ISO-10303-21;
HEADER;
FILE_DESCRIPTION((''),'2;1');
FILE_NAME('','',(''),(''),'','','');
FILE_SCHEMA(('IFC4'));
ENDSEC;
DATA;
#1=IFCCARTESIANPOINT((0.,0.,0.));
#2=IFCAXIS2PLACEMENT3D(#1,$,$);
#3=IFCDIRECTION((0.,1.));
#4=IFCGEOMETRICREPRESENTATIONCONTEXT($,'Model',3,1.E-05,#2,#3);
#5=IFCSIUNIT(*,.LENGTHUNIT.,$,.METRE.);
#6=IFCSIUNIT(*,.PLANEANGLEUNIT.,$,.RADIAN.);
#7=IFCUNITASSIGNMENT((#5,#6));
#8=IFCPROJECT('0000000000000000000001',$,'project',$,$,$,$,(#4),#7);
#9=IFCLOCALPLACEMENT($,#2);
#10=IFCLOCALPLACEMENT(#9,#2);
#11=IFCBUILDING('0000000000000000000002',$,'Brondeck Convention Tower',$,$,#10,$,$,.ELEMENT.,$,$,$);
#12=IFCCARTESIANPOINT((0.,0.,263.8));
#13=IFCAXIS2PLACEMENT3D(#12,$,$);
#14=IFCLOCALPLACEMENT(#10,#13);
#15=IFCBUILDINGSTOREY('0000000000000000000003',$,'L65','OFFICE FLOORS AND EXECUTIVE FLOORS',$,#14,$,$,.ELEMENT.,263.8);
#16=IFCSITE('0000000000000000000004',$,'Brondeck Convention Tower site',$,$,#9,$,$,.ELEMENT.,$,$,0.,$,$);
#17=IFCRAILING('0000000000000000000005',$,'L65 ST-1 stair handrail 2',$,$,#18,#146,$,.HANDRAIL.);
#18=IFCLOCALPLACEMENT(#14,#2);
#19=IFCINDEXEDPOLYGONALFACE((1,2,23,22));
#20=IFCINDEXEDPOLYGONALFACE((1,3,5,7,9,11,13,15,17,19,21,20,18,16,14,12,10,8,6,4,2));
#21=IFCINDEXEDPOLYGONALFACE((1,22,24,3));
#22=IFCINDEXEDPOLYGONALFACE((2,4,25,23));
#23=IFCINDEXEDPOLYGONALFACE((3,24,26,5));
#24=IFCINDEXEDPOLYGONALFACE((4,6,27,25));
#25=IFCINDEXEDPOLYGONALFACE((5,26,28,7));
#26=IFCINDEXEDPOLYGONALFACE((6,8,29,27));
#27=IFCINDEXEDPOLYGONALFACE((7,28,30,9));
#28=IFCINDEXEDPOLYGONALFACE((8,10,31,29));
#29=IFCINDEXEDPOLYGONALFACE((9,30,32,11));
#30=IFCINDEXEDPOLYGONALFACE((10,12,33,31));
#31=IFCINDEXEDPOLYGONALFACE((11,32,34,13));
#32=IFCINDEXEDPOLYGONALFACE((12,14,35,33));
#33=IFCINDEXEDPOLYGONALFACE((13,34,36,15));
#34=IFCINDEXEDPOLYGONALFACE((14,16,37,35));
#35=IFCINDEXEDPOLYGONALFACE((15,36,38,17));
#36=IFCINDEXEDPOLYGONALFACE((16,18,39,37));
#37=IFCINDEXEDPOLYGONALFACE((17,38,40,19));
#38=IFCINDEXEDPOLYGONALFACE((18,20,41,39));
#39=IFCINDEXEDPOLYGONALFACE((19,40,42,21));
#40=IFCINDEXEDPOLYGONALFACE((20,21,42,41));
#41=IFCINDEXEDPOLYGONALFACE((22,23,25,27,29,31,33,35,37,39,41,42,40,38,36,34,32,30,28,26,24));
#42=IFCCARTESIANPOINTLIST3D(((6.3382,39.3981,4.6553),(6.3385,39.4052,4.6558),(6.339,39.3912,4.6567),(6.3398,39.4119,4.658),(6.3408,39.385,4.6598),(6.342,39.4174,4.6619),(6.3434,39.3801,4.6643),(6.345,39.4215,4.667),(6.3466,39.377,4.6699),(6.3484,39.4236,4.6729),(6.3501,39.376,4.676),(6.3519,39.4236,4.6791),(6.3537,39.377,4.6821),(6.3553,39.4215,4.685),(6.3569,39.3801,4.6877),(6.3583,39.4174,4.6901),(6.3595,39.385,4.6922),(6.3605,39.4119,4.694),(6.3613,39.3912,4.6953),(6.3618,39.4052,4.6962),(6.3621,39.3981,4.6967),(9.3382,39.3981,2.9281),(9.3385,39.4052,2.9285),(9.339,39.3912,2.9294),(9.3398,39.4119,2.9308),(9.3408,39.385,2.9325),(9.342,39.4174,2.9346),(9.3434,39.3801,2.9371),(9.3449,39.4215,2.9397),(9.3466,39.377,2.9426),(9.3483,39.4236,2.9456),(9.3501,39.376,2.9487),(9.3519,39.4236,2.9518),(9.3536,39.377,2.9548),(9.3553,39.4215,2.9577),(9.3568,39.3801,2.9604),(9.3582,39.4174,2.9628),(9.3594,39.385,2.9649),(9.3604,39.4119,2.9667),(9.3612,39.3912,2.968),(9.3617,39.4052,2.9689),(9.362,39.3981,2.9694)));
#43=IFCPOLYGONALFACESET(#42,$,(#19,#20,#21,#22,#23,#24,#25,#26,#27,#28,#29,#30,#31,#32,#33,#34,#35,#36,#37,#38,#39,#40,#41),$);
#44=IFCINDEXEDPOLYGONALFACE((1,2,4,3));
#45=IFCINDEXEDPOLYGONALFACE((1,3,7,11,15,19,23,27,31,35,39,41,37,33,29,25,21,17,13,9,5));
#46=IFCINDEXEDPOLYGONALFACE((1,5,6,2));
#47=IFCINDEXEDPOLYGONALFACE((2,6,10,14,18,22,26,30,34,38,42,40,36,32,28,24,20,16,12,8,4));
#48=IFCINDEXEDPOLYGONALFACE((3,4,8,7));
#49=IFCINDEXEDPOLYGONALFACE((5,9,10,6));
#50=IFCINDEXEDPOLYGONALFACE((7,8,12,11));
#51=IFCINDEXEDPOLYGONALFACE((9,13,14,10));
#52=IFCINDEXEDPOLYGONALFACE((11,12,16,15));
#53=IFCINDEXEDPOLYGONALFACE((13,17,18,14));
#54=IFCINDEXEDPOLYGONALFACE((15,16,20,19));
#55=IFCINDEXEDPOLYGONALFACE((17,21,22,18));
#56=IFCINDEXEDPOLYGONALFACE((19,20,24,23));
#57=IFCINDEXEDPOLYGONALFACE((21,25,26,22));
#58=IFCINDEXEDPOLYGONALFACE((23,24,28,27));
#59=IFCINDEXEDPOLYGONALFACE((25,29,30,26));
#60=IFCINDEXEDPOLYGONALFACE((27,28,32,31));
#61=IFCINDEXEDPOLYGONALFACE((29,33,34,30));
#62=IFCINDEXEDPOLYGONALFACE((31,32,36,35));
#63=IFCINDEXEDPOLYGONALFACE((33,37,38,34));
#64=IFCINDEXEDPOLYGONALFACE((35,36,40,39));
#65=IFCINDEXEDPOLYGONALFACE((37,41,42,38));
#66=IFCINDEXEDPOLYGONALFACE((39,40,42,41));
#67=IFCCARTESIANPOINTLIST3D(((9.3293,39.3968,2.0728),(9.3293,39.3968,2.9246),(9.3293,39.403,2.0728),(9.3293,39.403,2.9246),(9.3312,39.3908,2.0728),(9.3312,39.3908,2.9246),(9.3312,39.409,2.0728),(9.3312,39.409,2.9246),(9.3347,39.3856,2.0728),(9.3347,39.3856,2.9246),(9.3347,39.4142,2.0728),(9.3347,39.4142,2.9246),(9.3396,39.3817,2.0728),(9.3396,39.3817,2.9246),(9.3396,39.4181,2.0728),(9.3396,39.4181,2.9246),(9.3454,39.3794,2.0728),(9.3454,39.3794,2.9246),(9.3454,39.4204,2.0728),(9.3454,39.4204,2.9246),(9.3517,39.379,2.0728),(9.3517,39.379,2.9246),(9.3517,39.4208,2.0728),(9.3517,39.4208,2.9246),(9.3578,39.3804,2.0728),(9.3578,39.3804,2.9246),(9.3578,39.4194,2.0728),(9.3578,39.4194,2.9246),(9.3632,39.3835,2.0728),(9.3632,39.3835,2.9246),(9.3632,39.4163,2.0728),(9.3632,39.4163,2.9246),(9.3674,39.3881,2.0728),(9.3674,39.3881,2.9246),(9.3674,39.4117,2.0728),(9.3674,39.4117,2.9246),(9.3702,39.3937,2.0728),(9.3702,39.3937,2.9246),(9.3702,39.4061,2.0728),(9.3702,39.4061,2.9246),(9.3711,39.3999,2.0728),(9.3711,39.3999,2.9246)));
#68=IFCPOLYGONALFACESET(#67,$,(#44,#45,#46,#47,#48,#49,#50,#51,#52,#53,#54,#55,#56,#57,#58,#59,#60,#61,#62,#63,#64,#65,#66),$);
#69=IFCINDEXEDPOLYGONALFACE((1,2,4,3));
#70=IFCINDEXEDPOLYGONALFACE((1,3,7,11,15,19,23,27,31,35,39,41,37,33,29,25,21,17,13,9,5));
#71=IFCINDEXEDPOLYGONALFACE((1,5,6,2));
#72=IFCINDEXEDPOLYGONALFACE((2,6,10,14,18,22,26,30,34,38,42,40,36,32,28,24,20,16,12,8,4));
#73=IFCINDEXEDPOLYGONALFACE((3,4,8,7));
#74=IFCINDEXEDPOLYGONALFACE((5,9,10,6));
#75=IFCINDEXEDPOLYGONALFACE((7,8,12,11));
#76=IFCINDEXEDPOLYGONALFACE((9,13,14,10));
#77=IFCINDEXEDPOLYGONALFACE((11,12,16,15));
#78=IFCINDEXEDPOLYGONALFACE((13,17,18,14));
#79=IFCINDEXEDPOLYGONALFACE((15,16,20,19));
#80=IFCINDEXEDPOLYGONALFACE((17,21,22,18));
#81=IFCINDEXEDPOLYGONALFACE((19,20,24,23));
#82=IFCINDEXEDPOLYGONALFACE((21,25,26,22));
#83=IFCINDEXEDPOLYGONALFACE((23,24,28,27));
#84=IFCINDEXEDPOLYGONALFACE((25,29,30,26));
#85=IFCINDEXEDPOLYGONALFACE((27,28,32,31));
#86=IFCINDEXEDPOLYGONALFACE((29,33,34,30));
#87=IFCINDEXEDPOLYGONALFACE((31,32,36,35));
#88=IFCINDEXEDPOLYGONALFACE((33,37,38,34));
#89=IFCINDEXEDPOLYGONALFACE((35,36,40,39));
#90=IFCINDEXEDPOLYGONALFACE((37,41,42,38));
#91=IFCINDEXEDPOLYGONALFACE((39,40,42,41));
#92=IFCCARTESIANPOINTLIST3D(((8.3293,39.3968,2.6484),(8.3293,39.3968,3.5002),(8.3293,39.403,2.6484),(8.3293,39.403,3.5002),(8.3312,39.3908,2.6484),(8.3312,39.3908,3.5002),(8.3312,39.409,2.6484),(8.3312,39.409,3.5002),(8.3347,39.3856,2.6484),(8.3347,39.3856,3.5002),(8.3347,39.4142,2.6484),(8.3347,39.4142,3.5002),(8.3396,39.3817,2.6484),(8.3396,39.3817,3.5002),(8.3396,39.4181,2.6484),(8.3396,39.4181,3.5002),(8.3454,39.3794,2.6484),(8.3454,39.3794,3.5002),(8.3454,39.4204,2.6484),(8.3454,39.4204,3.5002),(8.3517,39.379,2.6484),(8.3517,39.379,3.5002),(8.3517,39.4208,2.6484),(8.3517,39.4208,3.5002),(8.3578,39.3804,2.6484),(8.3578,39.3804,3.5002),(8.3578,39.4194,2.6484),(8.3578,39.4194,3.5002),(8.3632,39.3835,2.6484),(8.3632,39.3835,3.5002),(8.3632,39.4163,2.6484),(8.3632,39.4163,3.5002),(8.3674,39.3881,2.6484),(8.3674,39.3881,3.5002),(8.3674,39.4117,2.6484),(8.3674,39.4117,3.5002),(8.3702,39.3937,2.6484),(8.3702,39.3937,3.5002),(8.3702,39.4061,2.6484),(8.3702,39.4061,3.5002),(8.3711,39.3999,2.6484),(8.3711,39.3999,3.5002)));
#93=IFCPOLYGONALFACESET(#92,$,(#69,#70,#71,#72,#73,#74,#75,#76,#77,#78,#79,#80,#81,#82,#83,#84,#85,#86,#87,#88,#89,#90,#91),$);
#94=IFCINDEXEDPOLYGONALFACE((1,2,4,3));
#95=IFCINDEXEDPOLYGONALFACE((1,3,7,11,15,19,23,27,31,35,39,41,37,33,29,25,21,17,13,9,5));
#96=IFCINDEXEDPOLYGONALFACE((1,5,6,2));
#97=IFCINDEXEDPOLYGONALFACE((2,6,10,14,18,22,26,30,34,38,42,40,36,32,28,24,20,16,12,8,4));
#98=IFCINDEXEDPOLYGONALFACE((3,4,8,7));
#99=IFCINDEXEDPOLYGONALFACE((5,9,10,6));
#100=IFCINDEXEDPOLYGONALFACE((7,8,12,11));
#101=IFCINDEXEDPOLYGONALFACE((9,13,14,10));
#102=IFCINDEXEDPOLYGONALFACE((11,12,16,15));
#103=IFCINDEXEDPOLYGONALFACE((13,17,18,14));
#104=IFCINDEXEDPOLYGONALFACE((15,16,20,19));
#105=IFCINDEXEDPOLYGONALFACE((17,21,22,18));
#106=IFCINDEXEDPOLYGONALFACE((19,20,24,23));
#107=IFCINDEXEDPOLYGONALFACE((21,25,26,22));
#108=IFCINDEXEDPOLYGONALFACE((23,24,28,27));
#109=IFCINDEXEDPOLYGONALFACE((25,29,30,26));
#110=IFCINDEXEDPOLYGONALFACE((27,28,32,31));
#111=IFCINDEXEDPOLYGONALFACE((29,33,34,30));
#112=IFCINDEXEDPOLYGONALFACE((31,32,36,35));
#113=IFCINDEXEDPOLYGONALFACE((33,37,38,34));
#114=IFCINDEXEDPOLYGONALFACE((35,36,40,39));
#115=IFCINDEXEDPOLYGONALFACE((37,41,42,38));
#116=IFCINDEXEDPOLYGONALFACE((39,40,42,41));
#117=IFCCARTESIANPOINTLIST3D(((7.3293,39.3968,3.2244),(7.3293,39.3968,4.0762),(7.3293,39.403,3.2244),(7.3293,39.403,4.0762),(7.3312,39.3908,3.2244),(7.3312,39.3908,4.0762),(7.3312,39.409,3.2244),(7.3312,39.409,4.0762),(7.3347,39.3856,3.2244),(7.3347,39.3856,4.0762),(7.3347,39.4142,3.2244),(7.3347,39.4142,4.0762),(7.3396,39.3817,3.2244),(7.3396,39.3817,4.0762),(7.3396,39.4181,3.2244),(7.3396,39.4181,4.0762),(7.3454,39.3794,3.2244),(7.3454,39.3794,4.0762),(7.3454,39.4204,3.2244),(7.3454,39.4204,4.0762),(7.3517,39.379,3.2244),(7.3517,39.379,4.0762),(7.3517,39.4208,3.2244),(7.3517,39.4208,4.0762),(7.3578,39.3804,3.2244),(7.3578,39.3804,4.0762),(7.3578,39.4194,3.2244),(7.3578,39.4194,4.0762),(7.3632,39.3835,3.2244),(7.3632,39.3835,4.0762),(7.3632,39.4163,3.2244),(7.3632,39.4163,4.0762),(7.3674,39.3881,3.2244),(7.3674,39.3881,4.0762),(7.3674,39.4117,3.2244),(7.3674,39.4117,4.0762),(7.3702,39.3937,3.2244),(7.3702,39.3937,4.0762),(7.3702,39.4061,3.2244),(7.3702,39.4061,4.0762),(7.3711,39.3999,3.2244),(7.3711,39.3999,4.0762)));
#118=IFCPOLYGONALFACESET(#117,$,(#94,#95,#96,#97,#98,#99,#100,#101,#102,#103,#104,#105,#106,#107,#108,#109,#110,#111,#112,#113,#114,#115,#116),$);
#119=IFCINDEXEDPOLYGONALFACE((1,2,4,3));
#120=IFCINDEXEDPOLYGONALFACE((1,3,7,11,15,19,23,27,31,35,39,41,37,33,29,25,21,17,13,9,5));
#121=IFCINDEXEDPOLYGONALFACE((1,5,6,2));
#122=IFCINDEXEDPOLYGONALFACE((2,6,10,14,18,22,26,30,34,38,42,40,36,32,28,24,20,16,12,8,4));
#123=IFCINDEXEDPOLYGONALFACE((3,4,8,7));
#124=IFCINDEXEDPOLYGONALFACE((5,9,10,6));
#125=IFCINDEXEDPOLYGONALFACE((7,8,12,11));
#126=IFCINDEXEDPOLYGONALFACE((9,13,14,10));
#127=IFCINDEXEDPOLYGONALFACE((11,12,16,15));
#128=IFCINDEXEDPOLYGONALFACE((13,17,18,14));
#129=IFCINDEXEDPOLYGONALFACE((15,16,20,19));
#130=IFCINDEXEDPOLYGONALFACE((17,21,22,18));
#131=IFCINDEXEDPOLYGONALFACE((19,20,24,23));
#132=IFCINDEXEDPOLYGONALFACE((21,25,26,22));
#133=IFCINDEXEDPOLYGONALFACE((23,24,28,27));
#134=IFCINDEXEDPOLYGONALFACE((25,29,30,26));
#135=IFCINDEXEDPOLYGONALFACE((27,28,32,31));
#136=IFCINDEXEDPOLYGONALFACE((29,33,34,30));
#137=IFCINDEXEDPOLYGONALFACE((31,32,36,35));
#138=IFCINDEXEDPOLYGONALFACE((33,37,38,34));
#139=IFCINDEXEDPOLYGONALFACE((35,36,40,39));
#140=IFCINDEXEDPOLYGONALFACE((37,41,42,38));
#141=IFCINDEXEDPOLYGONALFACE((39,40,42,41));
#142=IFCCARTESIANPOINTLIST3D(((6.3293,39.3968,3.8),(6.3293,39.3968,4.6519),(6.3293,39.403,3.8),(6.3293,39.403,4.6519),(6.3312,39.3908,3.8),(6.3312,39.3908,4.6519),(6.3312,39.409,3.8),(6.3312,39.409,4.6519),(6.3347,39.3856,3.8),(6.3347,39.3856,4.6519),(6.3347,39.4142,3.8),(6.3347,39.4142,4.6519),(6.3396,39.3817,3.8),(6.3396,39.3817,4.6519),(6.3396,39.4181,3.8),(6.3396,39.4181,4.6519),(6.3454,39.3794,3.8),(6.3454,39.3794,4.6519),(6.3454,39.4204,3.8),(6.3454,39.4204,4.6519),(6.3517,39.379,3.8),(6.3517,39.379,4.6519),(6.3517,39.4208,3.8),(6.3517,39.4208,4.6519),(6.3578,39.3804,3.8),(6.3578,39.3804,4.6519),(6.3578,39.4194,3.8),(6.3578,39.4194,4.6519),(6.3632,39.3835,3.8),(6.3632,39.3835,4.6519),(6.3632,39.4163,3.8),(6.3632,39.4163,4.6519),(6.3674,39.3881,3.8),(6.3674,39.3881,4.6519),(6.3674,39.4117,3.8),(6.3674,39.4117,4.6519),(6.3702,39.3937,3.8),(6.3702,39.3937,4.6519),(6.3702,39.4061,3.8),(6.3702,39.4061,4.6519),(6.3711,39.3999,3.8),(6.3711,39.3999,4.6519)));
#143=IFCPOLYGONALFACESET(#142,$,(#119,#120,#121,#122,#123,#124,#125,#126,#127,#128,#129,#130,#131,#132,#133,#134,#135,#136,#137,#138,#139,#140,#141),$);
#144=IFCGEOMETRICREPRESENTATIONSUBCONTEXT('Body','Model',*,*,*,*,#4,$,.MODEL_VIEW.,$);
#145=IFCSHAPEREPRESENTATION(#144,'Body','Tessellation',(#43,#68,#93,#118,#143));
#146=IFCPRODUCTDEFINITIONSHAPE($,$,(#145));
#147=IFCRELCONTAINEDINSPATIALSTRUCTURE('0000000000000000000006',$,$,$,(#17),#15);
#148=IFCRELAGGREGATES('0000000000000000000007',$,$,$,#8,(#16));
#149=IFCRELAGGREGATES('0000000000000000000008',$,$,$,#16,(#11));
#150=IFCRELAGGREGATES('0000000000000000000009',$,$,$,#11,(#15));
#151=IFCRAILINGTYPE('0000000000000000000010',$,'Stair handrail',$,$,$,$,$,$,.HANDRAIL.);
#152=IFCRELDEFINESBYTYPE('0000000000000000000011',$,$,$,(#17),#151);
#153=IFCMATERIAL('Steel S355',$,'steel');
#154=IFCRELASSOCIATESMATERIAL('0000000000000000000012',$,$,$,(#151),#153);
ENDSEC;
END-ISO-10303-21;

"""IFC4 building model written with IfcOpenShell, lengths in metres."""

from ifc_helpers import new_model, si_unit, direction, frame, origin, origin_2d, place, context, subcontext, project, spatial, circle, extrude, material, type_object, element, save


model = new_model("IFC4")

# Units and contexts
model_context = context("Model", 3, precision=1e-05, world=origin(), true_north=direction((0.0, 1.0)))
body_context = subcontext(model_context, "Body", "Model", "MODEL_VIEW")
ifc_project = project(units=[si_unit("LENGTHUNIT", "METRE"), si_unit("PLANEANGLEUNIT", "RADIAN")], contexts=[model_context])

# Site, building, storey
site_placement = place(None, origin())
site = spatial("IfcSite", under=ifc_project, at=site_placement, Name="Brondeck Convention Tower site", CompositionType="ELEMENT", RefElevation=0.0)
building_placement = place(site_placement, origin())
building = spatial("IfcBuilding", under=site, at=building_placement, Name="Brondeck Convention Tower", CompositionType="ELEMENT")
storey_placement = place(building_placement, frame((0.0, 0.0, 263.8)))
storey = spatial("IfcBuildingStorey", under=building, at=storey_placement, Name="L65", Description="OFFICE FLOORS AND EXECUTIVE FLOORS", CompositionType="ELEMENT", Elevation=263.8)

# Railing
ifc_material_1 = material(Name="Steel S355", Category="steel")
railing_type_1 = type_object("IfcRailingType", Name="Stair handrail", PredefinedType="HANDRAIL", material=ifc_material_1)
railing_1_placement = place(storey_placement, frame((9.3501, 39.3999, 2.0728)))
element("IfcRailing", 1, at=railing_1_placement, inside=storey, type_object=railing_type_1, Name="L65 ST-1 stair handrail 2", PredefinedType="HANDRAIL", context=body_context, shape_type="SweptSolid", body=[
    extrude(circle(Radius=0.0239, at=origin_2d()), frame((0.0, 0.0, 0.876), z_axis=(-0.86662, 0.0, 0.498969), x_axis=(0.0, -1.0, 0.0)), (0.0, 0.0, 1.0), 3.4617),
    extrude(circle(Radius=0.021, at=origin_2d()), origin(), (0.0, 0.0, 1.0), 0.8518),
    extrude(circle(Radius=0.021, at=origin_2d()), frame((-1.0, 0.0, 0.5757)), (0.0, 0.0, 1.0), 0.8518),
    extrude(circle(Radius=0.021, at=origin_2d()), frame((-2.0, 0.0, 1.1516)), (0.0, 0.0, 1.0), 0.8518),
    extrude(circle(Radius=0.021, at=origin_2d()), frame((-3.0, 0.0, 1.7273)), (0.0, 0.0, 1.0), 0.8518),
])

save(model, "model.ifc")
